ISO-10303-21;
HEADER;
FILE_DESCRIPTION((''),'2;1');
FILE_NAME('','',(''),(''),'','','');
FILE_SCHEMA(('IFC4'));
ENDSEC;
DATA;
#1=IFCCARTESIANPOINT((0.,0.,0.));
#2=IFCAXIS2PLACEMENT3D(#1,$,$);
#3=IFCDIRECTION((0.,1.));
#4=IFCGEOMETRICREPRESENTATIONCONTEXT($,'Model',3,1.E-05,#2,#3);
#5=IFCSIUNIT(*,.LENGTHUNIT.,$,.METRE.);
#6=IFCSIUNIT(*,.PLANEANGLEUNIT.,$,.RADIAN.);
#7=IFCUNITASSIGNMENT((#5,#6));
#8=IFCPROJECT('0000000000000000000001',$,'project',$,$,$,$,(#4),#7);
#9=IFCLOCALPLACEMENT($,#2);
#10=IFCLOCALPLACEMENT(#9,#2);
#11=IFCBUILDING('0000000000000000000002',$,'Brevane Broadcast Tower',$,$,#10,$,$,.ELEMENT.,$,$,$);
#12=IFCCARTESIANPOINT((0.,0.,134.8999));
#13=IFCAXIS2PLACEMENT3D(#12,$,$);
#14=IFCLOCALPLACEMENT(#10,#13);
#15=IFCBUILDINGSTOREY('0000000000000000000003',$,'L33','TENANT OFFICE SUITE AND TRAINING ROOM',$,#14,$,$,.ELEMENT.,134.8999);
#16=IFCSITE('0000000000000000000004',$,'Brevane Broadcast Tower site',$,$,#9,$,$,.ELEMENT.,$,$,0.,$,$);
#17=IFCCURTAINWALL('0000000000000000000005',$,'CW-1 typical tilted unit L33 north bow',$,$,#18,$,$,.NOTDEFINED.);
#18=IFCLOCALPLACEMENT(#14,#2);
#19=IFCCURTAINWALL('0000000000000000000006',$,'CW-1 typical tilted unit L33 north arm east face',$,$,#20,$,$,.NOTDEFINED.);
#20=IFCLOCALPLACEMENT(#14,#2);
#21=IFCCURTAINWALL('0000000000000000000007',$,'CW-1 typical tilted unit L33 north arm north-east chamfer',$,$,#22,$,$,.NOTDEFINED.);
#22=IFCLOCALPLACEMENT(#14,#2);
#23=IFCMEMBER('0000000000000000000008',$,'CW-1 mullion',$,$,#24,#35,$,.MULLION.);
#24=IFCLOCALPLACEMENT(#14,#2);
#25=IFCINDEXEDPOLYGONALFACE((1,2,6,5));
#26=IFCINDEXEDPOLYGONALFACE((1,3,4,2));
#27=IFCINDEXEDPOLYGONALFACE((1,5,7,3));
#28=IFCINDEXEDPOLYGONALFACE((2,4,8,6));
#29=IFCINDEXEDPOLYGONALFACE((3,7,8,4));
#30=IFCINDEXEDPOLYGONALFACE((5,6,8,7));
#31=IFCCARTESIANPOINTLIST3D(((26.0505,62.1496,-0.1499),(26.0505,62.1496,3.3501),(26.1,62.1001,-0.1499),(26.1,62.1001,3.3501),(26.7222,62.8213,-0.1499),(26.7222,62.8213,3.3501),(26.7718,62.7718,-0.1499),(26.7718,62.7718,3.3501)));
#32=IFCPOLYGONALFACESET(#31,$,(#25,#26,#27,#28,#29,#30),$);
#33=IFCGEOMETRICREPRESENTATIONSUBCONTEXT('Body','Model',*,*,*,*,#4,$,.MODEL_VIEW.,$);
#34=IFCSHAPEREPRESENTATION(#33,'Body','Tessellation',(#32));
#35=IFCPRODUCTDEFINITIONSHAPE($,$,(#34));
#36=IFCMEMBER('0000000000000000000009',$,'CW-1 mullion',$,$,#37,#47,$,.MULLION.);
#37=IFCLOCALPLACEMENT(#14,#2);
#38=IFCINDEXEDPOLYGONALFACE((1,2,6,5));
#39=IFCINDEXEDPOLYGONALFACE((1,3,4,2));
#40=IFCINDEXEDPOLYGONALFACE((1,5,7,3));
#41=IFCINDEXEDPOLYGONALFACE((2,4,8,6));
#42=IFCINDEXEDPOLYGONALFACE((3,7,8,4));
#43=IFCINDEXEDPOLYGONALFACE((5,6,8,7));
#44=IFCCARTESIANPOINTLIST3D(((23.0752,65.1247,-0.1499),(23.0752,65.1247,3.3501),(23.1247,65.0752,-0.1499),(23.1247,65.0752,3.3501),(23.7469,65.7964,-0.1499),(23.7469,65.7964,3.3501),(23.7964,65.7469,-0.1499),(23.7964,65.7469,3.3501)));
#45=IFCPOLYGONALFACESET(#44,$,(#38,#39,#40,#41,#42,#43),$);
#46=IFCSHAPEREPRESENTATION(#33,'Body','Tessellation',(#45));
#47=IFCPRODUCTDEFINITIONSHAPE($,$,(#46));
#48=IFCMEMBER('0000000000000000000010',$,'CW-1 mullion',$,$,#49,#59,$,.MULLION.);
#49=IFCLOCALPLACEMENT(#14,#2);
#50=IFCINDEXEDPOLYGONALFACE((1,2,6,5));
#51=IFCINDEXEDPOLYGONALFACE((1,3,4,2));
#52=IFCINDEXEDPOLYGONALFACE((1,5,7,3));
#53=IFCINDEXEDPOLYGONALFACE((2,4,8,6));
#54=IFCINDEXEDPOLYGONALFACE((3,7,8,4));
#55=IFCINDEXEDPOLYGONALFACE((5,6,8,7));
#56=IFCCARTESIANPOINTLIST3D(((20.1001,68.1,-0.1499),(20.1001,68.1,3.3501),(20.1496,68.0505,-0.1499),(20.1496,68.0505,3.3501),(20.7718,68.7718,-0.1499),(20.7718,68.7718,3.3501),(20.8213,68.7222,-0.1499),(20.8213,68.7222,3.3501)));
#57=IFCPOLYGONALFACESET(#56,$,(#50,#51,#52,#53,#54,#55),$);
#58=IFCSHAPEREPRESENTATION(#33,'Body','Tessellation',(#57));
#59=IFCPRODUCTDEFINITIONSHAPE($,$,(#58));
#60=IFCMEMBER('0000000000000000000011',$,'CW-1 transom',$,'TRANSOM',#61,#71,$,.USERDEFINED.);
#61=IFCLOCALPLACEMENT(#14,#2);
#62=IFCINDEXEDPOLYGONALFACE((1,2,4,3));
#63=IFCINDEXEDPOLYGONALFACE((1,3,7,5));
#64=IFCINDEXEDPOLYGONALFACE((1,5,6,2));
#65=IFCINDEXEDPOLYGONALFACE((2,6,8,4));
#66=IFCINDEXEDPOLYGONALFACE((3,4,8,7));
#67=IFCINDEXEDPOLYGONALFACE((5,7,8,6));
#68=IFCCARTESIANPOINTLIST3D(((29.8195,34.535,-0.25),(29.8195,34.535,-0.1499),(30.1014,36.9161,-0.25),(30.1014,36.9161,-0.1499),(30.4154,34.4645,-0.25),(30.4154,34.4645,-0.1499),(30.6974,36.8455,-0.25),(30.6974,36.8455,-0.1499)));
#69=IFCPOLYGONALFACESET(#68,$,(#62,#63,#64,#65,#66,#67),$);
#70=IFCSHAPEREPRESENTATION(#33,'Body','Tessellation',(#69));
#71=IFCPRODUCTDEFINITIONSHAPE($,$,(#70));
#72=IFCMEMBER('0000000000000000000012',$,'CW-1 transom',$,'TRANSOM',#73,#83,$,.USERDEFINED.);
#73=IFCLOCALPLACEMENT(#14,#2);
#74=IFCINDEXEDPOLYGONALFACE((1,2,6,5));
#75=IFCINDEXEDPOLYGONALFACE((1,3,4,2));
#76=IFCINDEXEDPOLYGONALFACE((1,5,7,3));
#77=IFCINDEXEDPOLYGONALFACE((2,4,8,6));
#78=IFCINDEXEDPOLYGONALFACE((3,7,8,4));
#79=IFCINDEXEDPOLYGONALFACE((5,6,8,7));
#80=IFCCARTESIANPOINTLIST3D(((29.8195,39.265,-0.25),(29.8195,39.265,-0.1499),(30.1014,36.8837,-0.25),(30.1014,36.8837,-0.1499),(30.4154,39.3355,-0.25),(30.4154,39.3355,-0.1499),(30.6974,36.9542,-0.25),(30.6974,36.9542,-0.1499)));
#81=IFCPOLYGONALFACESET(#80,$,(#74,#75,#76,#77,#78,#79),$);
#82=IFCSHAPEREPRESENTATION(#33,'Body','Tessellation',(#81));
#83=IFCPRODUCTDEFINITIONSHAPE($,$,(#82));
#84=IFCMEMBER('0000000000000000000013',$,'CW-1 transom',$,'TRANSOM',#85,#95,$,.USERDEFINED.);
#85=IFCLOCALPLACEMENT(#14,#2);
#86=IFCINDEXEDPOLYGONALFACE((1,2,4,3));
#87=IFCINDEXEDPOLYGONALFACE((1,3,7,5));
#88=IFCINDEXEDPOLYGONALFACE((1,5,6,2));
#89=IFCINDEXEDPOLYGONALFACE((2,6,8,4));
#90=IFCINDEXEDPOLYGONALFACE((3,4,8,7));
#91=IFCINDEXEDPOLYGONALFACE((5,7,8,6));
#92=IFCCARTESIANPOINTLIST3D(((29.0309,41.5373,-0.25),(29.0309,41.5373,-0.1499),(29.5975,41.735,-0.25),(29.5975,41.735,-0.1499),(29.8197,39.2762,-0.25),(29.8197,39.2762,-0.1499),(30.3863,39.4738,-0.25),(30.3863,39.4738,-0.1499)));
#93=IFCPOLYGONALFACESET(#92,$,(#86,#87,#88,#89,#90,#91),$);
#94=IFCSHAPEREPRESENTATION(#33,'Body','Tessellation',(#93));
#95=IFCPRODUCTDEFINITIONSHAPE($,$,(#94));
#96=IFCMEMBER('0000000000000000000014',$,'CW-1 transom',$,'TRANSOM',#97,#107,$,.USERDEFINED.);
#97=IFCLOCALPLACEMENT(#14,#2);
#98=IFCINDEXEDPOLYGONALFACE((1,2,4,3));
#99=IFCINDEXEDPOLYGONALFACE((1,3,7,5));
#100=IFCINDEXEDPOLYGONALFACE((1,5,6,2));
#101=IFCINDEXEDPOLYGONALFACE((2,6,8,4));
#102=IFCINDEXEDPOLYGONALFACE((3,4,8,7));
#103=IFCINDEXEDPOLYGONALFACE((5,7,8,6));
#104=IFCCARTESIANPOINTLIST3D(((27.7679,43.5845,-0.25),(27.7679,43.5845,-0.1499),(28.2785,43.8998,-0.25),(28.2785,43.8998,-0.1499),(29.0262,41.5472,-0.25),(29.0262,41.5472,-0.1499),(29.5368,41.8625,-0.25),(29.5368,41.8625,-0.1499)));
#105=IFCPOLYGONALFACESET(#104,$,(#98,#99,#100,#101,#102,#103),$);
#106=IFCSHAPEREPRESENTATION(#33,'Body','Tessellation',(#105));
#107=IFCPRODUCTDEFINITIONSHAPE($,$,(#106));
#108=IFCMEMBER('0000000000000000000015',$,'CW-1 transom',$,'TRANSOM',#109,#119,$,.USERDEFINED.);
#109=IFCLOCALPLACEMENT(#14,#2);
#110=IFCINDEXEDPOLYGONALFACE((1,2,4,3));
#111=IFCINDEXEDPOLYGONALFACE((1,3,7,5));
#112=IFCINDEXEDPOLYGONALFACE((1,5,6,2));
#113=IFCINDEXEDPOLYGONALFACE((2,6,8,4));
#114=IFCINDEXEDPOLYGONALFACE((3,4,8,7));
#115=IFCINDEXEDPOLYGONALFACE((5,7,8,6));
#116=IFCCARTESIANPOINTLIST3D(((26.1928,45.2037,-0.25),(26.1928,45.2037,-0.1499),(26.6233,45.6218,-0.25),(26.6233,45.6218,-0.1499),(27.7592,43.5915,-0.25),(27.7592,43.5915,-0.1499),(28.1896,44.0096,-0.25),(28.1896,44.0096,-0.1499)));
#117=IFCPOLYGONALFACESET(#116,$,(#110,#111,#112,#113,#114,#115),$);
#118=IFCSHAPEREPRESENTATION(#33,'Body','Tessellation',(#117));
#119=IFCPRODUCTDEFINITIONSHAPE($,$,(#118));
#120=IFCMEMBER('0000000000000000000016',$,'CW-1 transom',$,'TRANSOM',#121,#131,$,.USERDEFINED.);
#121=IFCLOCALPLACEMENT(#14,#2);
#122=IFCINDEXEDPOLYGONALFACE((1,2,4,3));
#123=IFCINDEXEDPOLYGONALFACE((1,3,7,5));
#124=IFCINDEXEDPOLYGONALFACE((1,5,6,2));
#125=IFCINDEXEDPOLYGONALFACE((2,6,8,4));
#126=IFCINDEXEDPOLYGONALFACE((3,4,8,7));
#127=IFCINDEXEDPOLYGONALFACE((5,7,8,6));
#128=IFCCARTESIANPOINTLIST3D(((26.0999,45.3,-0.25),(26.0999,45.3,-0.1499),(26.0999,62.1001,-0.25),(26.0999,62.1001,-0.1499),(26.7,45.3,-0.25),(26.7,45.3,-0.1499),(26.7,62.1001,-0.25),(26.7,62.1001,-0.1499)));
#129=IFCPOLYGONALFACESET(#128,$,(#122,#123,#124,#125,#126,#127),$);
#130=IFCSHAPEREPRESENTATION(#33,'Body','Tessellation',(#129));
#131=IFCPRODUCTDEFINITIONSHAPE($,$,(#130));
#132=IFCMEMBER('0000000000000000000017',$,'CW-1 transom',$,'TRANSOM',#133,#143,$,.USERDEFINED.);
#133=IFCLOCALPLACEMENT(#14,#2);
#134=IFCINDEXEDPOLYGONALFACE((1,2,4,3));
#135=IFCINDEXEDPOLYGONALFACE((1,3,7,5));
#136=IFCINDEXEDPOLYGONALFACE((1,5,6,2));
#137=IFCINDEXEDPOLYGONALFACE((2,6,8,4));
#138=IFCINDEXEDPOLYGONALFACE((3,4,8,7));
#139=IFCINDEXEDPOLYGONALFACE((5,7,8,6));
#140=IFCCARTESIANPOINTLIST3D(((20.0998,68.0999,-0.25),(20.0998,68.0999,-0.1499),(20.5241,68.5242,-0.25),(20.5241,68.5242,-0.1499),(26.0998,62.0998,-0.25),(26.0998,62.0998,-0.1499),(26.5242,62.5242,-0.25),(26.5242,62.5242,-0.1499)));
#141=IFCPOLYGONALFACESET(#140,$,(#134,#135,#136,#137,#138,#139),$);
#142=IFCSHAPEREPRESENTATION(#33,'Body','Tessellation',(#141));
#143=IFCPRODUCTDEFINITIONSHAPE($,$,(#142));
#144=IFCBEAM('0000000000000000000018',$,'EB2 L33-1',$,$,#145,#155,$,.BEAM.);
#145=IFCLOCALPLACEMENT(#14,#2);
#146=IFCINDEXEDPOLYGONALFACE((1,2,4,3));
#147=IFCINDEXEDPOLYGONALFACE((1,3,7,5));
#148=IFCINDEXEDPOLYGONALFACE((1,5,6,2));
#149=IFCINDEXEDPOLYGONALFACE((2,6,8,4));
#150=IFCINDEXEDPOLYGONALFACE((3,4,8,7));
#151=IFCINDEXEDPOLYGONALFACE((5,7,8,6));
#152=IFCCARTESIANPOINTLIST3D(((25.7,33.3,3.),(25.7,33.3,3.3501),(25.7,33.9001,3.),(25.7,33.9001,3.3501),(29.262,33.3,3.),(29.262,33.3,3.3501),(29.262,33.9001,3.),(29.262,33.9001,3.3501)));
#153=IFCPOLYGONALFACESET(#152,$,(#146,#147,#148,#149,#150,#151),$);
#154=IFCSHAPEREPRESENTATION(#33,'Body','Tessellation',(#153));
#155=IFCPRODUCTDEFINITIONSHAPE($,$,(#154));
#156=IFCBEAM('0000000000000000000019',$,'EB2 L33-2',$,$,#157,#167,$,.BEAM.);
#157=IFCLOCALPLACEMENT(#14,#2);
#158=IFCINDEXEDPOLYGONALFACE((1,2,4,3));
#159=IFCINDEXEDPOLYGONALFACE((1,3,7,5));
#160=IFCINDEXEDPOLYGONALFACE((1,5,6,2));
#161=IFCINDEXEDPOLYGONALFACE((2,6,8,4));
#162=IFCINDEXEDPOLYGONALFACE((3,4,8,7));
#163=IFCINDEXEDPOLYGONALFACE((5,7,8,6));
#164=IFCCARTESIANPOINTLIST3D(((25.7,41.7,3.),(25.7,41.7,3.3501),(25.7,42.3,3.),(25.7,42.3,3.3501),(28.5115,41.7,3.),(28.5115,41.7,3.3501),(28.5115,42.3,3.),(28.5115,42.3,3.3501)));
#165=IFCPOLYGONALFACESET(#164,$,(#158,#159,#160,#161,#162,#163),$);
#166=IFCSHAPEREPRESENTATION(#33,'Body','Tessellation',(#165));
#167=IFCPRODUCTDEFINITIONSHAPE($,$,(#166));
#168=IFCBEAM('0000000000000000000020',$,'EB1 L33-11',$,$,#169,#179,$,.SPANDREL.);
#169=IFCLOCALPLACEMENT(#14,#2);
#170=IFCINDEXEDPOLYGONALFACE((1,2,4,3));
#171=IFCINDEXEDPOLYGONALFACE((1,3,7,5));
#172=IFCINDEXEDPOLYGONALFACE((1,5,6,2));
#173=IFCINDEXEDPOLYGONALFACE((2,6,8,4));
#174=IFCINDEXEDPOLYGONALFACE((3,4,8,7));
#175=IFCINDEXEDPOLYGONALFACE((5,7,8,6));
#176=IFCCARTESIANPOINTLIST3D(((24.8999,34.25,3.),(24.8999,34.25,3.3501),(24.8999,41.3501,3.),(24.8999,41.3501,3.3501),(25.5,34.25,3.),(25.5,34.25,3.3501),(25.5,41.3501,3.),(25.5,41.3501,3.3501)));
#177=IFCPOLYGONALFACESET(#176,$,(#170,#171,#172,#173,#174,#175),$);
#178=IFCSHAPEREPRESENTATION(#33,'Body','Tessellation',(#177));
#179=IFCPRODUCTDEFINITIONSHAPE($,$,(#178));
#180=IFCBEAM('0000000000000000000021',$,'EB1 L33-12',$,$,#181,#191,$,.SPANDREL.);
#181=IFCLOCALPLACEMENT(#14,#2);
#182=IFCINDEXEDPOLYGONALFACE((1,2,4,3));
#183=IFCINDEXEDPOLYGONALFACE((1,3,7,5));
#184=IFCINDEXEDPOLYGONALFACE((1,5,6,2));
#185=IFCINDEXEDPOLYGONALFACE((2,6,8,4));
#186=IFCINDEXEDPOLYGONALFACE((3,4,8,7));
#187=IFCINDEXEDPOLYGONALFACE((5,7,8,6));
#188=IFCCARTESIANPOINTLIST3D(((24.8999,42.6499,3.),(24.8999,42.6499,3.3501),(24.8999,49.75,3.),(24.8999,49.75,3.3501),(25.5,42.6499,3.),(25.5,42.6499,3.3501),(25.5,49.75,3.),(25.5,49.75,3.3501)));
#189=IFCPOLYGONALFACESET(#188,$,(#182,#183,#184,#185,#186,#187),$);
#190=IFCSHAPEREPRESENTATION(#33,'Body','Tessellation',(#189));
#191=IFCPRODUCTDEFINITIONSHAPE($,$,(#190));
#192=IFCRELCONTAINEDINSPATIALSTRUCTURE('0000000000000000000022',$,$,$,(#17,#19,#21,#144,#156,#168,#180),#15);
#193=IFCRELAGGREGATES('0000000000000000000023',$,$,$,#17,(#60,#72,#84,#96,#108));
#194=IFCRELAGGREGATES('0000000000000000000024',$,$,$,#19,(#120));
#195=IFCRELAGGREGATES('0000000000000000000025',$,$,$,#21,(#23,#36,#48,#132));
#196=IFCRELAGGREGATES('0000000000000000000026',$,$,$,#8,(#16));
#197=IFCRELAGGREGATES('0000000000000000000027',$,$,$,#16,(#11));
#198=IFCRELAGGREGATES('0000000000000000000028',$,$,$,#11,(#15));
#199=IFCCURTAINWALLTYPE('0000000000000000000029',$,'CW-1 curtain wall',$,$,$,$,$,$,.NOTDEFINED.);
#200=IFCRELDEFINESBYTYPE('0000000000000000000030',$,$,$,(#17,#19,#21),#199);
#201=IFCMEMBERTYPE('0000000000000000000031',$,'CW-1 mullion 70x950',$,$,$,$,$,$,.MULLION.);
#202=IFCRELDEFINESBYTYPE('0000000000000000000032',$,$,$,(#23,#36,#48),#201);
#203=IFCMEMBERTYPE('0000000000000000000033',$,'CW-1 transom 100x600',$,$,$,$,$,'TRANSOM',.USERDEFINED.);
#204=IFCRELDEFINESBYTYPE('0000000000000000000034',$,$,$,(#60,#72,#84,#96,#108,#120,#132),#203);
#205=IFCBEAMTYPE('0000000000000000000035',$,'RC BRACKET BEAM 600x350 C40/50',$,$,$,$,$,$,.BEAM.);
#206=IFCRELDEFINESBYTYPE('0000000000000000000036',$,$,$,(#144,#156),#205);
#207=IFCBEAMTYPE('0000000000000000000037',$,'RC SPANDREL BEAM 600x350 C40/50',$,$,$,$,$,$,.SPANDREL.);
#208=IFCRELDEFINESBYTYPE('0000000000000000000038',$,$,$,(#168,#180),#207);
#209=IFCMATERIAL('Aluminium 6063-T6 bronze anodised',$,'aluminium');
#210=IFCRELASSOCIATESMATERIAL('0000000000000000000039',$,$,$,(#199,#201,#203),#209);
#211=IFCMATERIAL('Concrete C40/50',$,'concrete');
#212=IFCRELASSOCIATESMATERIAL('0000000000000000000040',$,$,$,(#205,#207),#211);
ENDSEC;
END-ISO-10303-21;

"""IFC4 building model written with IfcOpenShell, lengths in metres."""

from ifc_helpers import new_model, si_unit, direction, frame, origin, origin_2d, place, context, subcontext, project, spatial, rectangle, extrude, material, material_profile, profile_set, type_object, element, aggregate, save


model = new_model("IFC4")

# Units and contexts
model_context = context("Model", 3, precision=1e-05, world=origin(), true_north=direction((0.0, 1.0)))
body_context = subcontext(model_context, "Body", "Model", "MODEL_VIEW")
ifc_project = project(units=[si_unit("LENGTHUNIT", "METRE"), si_unit("PLANEANGLEUNIT", "RADIAN")], contexts=[model_context])

# Site, building, storey
site_placement = place(None, origin())
site = spatial("IfcSite", under=ifc_project, at=site_placement, Name="Brevane Broadcast Tower site", CompositionType="ELEMENT", RefElevation=0.0)
building_placement = place(site_placement, origin())
building = spatial("IfcBuilding", under=site, at=building_placement, Name="Brevane Broadcast Tower", CompositionType="ELEMENT")
storey_placement = place(building_placement, frame((0.0, 0.0, 134.8999)))
storey = spatial("IfcBuildingStorey", under=building, at=storey_placement, Name="L33", Description="TENANT OFFICE SUITE AND TRAINING ROOM", CompositionType="ELEMENT", Elevation=134.8999)

# Curtain walls, members
ifc_material_1 = material(Name="Aluminium 6063-T6 bronze anodised", Category="aluminium")
curtain_wall_type = type_object("IfcCurtainWallType", Name="CW-1 curtain wall", PredefinedType="NOTDEFINED", material=ifc_material_1)
curtain_wall_1_placement = place(storey_placement, origin())
curtain_wall_1 = element("IfcCurtainWall", 1, at=curtain_wall_1_placement, inside=storey, type_object=curtain_wall_type, Name="CW-1 typical tilted unit L33 north bow", PredefinedType="NOTDEFINED")
ifc_material_profile_1 = material_profile(ifc_material_1, rectangle(XDim=0.95, YDim=0.0701, at=origin_2d()), Name="RECT 70x950")
ifc_profile_set_1 = profile_set([ifc_material_profile_1], Name="Aluminium 6063-T6 bronze anodised")
member_type_1 = type_object("IfcMemberType", Name="CW-1 mullion 70x950", PredefinedType="MULLION", material=ifc_profile_set_1)
curtain_wall_2_placement = place(storey_placement, origin())
curtain_wall_2 = element("IfcCurtainWall", 2, at=curtain_wall_2_placement, inside=storey, type_object=curtain_wall_type, Name="CW-1 typical tilted unit L33 north arm east face", PredefinedType="NOTDEFINED")
curtain_wall_3_placement = place(storey_placement, origin())
curtain_wall_3 = element("IfcCurtainWall", 3, at=curtain_wall_3_placement, inside=storey, type_object=curtain_wall_type, Name="CW-1 typical tilted unit L33 north arm north-east chamfer", PredefinedType="NOTDEFINED")
member_1_placement = place(storey_placement, frame((26.4111, 62.4607, -0.1499), z_axis=(0.0, 0.0, 1.0), x_axis=(-0.707107, -0.707107, 0.0)))
member_1 = element("IfcMember", 4, at=member_1_placement, type_object=member_type_1, Name="CW-1 mullion", PredefinedType="MULLION", context=body_context, shape_type="SweptSolid", body=[
    extrude(rectangle(XDim=0.95, YDim=0.0701, at=origin_2d()), origin(), (0.0, 0.0, 1.0), 3.5),
])
member_2_placement = place(storey_placement, frame((23.4358, 65.4358, -0.1499), z_axis=(0.0, 0.0, 1.0), x_axis=(-0.707107, -0.707107, 0.0)))
member_2 = element("IfcMember", 5, at=member_2_placement, type_object=member_type_1, Name="CW-1 mullion", PredefinedType="MULLION", context=body_context, shape_type="SweptSolid", body=[
    extrude(rectangle(XDim=0.95, YDim=0.0701, at=origin_2d()), origin(), (0.0, 0.0, 1.0), 3.5),
])
member_3_placement = place(storey_placement, frame((20.4607, 68.4111, -0.1499), z_axis=(0.0, 0.0, 1.0), x_axis=(-0.707107, -0.707107, 0.0)))
member_3 = element("IfcMember", 6, at=member_3_placement, type_object=member_type_1, Name="CW-1 mullion", PredefinedType="MULLION", context=body_context, shape_type="SweptSolid", body=[
    extrude(rectangle(XDim=0.95, YDim=0.0701, at=origin_2d()), origin(), (0.0, 0.0, 1.0), 3.5),
])

# Members
ifc_material_profile_2 = material_profile(ifc_material_1, rectangle(XDim=0.6001, YDim=0.1001, at=origin_2d()), Name="RECT 100x600")
ifc_profile_set_2 = profile_set([ifc_material_profile_2], Name="Aluminium 6063-T6 bronze anodised")
member_type_2 = type_object("IfcMemberType", Name="CW-1 transom 100x600", ElementType="TRANSOM", PredefinedType="USERDEFINED", material=ifc_profile_set_2)
member_4_placement = place(storey_placement, frame((30.1174, 34.4998, -0.2), z_axis=(0.117603, 0.993061, 0.0), x_axis=(-0.993061, 0.117603, 0.0)))
member_4 = element("IfcMember", 7, at=member_4_placement, type_object=member_type_2, Name="CW-1 transom", ObjectType="TRANSOM", PredefinedType="USERDEFINED", context=body_context, shape_type="SweptSolid", body=[
    extrude(rectangle(XDim=0.6001, YDim=0.1001, at=origin_2d()), origin(), (0.0, 0.0, 1.0), 2.3977),
])
member_5_placement = place(storey_placement, frame((30.3994, 36.9189, -0.2), z_axis=(-0.117591, 0.993062, 0.0), x_axis=(-0.993062, -0.117591, 0.0)))
member_5 = element("IfcMember", 8, at=member_5_placement, type_object=member_type_2, Name="CW-1 transom", ObjectType="TRANSOM", PredefinedType="USERDEFINED", context=body_context, shape_type="SweptSolid", body=[
    extrude(rectangle(XDim=0.6001, YDim=0.1001, at=origin_2d()), origin(), (0.0, 0.0, 1.0), 2.3979),
])
member_6_placement = place(storey_placement, frame((30.103, 39.375, -0.2), z_axis=(-0.329378, 0.944198, 0.0), x_axis=(-0.944198, -0.329378, 0.0)))
member_6 = element("IfcMember", 9, at=member_6_placement, type_object=member_type_2, Name="CW-1 transom", ObjectType="TRANSOM", PredefinedType="USERDEFINED", context=body_context, shape_type="SweptSolid", body=[
    extrude(rectangle(XDim=0.6001, YDim=0.1001, at=origin_2d()), origin(), (0.0, 0.0, 1.0), 2.3948),
])
member_7_placement = place(storey_placement, frame((29.2815, 41.7048, -0.2), z_axis=(-0.525473, 0.85081, 0.0), x_axis=(-0.85081, -0.525473, 0.0)))
member_7 = element("IfcMember", 10, at=member_7_placement, type_object=member_type_2, Name="CW-1 transom", ObjectType="TRANSOM", PredefinedType="USERDEFINED", context=body_context, shape_type="SweptSolid", body=[
    extrude(rectangle(XDim=0.6001, YDim=0.1001, at=origin_2d()), origin(), (0.0, 0.0, 1.0), 2.3945),
])
member_8_placement = place(storey_placement, frame((27.9744, 43.8005, -0.2), z_axis=(-0.696824, 0.717242, 0.0), x_axis=(-0.717242, -0.696824, 0.0)))
member_8 = element("IfcMember", 11, at=member_8_placement, type_object=member_type_2, Name="CW-1 transom", ObjectType="TRANSOM", PredefinedType="USERDEFINED", context=body_context, shape_type="SweptSolid", body=[
    extrude(rectangle(XDim=0.6001, YDim=0.1001, at=origin_2d()), origin(), (0.0, 0.0, 1.0), 2.2478),
])
aggregate(curtain_wall_1, [member_4, member_5, member_6, member_7, member_8])
member_9_placement = place(storey_placement, frame((26.3999, 45.3, -0.2), z_axis=(0.0, 1.0, 0.0), x_axis=(-1.0, 0.0, 0.0)))
member_9 = element("IfcMember", 12, at=member_9_placement, type_object=member_type_2, Name="CW-1 transom", ObjectType="TRANSOM", PredefinedType="USERDEFINED", context=body_context, shape_type="SweptSolid", body=[
    extrude(rectangle(XDim=0.6001, YDim=0.1001, at=origin_2d()), origin(), (0.0, 0.0, 1.0), 16.8),
])
aggregate(curtain_wall_2, [member_9])
member_10_placement = place(storey_placement, frame((26.312, 62.312, -0.2), z_axis=(-0.707107, 0.707107, 0.0), x_axis=(-0.707107, -0.707107, 0.0)))
member_10 = element("IfcMember", 13, at=member_10_placement, type_object=member_type_2, Name="CW-1 transom", ObjectType="TRANSOM", PredefinedType="USERDEFINED", context=body_context, shape_type="SweptSolid", body=[
    extrude(rectangle(XDim=0.6001, YDim=0.1001, at=origin_2d()), origin(), (0.0, 0.0, 1.0), 8.4854),
])
aggregate(curtain_wall_3, [member_1, member_2, member_3, member_10])

# Beams
ifc_material_2 = material(Name="Concrete C40/50", Category="concrete")
ifc_material_profile_3 = material_profile(ifc_material_2, rectangle(XDim=0.6001, YDim=0.3501, at=origin_2d()), Name="RC 600x350")
ifc_profile_set_3 = profile_set([ifc_material_profile_3], Name="Concrete C40/50")
beam_type_1 = type_object("IfcBeamType", Name="RC BRACKET BEAM 600x350 C40/50", PredefinedType="BEAM", material=ifc_profile_set_3)
beam_1_placement = place(storey_placement, frame((25.7, 33.6001, 3.175), z_axis=(1.0, 0.0, 0.0), x_axis=(0.0, 1.0, 0.0)))
element("IfcBeam", 14, at=beam_1_placement, inside=storey, type_object=beam_type_1, Name="EB2 L33-1", PredefinedType="BEAM", context=body_context, shape_type="SweptSolid", body=[
    extrude(rectangle(XDim=0.6001, YDim=0.3501, at=origin_2d()), origin(), (0.0, 0.0, 1.0), 3.562),
])
beam_2_placement = place(storey_placement, frame((25.7, 42.0, 3.175), z_axis=(1.0, 0.0, 0.0), x_axis=(0.0, 1.0, 0.0)))
element("IfcBeam", 15, at=beam_2_placement, inside=storey, type_object=beam_type_1, Name="EB2 L33-2", PredefinedType="BEAM", context=body_context, shape_type="SweptSolid", body=[
    extrude(rectangle(XDim=0.6001, YDim=0.3501, at=origin_2d()), origin(), (0.0, 0.0, 1.0), 2.8115),
])
ifc_material_profile_4 = material_profile(ifc_material_2, rectangle(XDim=0.6001, YDim=0.3501, at=origin_2d()), Name="RC 600x350")
ifc_profile_set_4 = profile_set([ifc_material_profile_4], Name="Concrete C40/50")
beam_type_2 = type_object("IfcBeamType", Name="RC SPANDREL BEAM 600x350 C40/50", PredefinedType="SPANDREL", material=ifc_profile_set_4)
for number, where, z_axis, x_axis, name in (
    (16, (25.2, 34.25, 3.175), (0.0, 1.0, 0.0), (-1.0, 0.0, 0.0), "EB1 L33-11"),
    (17, (25.2, 42.6499, 3.175), (0.0, 1.0, 0.0), (-1.0, 0.0, 0.0), "EB1 L33-12"),
):
    element("IfcBeam", number, at=place(storey_placement, frame(where, z_axis=z_axis, x_axis=x_axis)), inside=storey, type_object=beam_type_2, Name=name, PredefinedType="SPANDREL", context=body_context, shape_type="SweptSolid", body=[
        extrude(rectangle(XDim=0.6001, YDim=0.3501, at=origin_2d()), origin(), (0.0, 0.0, 1.0), 7.1001),
    ])

save(model, "model.ifc")
